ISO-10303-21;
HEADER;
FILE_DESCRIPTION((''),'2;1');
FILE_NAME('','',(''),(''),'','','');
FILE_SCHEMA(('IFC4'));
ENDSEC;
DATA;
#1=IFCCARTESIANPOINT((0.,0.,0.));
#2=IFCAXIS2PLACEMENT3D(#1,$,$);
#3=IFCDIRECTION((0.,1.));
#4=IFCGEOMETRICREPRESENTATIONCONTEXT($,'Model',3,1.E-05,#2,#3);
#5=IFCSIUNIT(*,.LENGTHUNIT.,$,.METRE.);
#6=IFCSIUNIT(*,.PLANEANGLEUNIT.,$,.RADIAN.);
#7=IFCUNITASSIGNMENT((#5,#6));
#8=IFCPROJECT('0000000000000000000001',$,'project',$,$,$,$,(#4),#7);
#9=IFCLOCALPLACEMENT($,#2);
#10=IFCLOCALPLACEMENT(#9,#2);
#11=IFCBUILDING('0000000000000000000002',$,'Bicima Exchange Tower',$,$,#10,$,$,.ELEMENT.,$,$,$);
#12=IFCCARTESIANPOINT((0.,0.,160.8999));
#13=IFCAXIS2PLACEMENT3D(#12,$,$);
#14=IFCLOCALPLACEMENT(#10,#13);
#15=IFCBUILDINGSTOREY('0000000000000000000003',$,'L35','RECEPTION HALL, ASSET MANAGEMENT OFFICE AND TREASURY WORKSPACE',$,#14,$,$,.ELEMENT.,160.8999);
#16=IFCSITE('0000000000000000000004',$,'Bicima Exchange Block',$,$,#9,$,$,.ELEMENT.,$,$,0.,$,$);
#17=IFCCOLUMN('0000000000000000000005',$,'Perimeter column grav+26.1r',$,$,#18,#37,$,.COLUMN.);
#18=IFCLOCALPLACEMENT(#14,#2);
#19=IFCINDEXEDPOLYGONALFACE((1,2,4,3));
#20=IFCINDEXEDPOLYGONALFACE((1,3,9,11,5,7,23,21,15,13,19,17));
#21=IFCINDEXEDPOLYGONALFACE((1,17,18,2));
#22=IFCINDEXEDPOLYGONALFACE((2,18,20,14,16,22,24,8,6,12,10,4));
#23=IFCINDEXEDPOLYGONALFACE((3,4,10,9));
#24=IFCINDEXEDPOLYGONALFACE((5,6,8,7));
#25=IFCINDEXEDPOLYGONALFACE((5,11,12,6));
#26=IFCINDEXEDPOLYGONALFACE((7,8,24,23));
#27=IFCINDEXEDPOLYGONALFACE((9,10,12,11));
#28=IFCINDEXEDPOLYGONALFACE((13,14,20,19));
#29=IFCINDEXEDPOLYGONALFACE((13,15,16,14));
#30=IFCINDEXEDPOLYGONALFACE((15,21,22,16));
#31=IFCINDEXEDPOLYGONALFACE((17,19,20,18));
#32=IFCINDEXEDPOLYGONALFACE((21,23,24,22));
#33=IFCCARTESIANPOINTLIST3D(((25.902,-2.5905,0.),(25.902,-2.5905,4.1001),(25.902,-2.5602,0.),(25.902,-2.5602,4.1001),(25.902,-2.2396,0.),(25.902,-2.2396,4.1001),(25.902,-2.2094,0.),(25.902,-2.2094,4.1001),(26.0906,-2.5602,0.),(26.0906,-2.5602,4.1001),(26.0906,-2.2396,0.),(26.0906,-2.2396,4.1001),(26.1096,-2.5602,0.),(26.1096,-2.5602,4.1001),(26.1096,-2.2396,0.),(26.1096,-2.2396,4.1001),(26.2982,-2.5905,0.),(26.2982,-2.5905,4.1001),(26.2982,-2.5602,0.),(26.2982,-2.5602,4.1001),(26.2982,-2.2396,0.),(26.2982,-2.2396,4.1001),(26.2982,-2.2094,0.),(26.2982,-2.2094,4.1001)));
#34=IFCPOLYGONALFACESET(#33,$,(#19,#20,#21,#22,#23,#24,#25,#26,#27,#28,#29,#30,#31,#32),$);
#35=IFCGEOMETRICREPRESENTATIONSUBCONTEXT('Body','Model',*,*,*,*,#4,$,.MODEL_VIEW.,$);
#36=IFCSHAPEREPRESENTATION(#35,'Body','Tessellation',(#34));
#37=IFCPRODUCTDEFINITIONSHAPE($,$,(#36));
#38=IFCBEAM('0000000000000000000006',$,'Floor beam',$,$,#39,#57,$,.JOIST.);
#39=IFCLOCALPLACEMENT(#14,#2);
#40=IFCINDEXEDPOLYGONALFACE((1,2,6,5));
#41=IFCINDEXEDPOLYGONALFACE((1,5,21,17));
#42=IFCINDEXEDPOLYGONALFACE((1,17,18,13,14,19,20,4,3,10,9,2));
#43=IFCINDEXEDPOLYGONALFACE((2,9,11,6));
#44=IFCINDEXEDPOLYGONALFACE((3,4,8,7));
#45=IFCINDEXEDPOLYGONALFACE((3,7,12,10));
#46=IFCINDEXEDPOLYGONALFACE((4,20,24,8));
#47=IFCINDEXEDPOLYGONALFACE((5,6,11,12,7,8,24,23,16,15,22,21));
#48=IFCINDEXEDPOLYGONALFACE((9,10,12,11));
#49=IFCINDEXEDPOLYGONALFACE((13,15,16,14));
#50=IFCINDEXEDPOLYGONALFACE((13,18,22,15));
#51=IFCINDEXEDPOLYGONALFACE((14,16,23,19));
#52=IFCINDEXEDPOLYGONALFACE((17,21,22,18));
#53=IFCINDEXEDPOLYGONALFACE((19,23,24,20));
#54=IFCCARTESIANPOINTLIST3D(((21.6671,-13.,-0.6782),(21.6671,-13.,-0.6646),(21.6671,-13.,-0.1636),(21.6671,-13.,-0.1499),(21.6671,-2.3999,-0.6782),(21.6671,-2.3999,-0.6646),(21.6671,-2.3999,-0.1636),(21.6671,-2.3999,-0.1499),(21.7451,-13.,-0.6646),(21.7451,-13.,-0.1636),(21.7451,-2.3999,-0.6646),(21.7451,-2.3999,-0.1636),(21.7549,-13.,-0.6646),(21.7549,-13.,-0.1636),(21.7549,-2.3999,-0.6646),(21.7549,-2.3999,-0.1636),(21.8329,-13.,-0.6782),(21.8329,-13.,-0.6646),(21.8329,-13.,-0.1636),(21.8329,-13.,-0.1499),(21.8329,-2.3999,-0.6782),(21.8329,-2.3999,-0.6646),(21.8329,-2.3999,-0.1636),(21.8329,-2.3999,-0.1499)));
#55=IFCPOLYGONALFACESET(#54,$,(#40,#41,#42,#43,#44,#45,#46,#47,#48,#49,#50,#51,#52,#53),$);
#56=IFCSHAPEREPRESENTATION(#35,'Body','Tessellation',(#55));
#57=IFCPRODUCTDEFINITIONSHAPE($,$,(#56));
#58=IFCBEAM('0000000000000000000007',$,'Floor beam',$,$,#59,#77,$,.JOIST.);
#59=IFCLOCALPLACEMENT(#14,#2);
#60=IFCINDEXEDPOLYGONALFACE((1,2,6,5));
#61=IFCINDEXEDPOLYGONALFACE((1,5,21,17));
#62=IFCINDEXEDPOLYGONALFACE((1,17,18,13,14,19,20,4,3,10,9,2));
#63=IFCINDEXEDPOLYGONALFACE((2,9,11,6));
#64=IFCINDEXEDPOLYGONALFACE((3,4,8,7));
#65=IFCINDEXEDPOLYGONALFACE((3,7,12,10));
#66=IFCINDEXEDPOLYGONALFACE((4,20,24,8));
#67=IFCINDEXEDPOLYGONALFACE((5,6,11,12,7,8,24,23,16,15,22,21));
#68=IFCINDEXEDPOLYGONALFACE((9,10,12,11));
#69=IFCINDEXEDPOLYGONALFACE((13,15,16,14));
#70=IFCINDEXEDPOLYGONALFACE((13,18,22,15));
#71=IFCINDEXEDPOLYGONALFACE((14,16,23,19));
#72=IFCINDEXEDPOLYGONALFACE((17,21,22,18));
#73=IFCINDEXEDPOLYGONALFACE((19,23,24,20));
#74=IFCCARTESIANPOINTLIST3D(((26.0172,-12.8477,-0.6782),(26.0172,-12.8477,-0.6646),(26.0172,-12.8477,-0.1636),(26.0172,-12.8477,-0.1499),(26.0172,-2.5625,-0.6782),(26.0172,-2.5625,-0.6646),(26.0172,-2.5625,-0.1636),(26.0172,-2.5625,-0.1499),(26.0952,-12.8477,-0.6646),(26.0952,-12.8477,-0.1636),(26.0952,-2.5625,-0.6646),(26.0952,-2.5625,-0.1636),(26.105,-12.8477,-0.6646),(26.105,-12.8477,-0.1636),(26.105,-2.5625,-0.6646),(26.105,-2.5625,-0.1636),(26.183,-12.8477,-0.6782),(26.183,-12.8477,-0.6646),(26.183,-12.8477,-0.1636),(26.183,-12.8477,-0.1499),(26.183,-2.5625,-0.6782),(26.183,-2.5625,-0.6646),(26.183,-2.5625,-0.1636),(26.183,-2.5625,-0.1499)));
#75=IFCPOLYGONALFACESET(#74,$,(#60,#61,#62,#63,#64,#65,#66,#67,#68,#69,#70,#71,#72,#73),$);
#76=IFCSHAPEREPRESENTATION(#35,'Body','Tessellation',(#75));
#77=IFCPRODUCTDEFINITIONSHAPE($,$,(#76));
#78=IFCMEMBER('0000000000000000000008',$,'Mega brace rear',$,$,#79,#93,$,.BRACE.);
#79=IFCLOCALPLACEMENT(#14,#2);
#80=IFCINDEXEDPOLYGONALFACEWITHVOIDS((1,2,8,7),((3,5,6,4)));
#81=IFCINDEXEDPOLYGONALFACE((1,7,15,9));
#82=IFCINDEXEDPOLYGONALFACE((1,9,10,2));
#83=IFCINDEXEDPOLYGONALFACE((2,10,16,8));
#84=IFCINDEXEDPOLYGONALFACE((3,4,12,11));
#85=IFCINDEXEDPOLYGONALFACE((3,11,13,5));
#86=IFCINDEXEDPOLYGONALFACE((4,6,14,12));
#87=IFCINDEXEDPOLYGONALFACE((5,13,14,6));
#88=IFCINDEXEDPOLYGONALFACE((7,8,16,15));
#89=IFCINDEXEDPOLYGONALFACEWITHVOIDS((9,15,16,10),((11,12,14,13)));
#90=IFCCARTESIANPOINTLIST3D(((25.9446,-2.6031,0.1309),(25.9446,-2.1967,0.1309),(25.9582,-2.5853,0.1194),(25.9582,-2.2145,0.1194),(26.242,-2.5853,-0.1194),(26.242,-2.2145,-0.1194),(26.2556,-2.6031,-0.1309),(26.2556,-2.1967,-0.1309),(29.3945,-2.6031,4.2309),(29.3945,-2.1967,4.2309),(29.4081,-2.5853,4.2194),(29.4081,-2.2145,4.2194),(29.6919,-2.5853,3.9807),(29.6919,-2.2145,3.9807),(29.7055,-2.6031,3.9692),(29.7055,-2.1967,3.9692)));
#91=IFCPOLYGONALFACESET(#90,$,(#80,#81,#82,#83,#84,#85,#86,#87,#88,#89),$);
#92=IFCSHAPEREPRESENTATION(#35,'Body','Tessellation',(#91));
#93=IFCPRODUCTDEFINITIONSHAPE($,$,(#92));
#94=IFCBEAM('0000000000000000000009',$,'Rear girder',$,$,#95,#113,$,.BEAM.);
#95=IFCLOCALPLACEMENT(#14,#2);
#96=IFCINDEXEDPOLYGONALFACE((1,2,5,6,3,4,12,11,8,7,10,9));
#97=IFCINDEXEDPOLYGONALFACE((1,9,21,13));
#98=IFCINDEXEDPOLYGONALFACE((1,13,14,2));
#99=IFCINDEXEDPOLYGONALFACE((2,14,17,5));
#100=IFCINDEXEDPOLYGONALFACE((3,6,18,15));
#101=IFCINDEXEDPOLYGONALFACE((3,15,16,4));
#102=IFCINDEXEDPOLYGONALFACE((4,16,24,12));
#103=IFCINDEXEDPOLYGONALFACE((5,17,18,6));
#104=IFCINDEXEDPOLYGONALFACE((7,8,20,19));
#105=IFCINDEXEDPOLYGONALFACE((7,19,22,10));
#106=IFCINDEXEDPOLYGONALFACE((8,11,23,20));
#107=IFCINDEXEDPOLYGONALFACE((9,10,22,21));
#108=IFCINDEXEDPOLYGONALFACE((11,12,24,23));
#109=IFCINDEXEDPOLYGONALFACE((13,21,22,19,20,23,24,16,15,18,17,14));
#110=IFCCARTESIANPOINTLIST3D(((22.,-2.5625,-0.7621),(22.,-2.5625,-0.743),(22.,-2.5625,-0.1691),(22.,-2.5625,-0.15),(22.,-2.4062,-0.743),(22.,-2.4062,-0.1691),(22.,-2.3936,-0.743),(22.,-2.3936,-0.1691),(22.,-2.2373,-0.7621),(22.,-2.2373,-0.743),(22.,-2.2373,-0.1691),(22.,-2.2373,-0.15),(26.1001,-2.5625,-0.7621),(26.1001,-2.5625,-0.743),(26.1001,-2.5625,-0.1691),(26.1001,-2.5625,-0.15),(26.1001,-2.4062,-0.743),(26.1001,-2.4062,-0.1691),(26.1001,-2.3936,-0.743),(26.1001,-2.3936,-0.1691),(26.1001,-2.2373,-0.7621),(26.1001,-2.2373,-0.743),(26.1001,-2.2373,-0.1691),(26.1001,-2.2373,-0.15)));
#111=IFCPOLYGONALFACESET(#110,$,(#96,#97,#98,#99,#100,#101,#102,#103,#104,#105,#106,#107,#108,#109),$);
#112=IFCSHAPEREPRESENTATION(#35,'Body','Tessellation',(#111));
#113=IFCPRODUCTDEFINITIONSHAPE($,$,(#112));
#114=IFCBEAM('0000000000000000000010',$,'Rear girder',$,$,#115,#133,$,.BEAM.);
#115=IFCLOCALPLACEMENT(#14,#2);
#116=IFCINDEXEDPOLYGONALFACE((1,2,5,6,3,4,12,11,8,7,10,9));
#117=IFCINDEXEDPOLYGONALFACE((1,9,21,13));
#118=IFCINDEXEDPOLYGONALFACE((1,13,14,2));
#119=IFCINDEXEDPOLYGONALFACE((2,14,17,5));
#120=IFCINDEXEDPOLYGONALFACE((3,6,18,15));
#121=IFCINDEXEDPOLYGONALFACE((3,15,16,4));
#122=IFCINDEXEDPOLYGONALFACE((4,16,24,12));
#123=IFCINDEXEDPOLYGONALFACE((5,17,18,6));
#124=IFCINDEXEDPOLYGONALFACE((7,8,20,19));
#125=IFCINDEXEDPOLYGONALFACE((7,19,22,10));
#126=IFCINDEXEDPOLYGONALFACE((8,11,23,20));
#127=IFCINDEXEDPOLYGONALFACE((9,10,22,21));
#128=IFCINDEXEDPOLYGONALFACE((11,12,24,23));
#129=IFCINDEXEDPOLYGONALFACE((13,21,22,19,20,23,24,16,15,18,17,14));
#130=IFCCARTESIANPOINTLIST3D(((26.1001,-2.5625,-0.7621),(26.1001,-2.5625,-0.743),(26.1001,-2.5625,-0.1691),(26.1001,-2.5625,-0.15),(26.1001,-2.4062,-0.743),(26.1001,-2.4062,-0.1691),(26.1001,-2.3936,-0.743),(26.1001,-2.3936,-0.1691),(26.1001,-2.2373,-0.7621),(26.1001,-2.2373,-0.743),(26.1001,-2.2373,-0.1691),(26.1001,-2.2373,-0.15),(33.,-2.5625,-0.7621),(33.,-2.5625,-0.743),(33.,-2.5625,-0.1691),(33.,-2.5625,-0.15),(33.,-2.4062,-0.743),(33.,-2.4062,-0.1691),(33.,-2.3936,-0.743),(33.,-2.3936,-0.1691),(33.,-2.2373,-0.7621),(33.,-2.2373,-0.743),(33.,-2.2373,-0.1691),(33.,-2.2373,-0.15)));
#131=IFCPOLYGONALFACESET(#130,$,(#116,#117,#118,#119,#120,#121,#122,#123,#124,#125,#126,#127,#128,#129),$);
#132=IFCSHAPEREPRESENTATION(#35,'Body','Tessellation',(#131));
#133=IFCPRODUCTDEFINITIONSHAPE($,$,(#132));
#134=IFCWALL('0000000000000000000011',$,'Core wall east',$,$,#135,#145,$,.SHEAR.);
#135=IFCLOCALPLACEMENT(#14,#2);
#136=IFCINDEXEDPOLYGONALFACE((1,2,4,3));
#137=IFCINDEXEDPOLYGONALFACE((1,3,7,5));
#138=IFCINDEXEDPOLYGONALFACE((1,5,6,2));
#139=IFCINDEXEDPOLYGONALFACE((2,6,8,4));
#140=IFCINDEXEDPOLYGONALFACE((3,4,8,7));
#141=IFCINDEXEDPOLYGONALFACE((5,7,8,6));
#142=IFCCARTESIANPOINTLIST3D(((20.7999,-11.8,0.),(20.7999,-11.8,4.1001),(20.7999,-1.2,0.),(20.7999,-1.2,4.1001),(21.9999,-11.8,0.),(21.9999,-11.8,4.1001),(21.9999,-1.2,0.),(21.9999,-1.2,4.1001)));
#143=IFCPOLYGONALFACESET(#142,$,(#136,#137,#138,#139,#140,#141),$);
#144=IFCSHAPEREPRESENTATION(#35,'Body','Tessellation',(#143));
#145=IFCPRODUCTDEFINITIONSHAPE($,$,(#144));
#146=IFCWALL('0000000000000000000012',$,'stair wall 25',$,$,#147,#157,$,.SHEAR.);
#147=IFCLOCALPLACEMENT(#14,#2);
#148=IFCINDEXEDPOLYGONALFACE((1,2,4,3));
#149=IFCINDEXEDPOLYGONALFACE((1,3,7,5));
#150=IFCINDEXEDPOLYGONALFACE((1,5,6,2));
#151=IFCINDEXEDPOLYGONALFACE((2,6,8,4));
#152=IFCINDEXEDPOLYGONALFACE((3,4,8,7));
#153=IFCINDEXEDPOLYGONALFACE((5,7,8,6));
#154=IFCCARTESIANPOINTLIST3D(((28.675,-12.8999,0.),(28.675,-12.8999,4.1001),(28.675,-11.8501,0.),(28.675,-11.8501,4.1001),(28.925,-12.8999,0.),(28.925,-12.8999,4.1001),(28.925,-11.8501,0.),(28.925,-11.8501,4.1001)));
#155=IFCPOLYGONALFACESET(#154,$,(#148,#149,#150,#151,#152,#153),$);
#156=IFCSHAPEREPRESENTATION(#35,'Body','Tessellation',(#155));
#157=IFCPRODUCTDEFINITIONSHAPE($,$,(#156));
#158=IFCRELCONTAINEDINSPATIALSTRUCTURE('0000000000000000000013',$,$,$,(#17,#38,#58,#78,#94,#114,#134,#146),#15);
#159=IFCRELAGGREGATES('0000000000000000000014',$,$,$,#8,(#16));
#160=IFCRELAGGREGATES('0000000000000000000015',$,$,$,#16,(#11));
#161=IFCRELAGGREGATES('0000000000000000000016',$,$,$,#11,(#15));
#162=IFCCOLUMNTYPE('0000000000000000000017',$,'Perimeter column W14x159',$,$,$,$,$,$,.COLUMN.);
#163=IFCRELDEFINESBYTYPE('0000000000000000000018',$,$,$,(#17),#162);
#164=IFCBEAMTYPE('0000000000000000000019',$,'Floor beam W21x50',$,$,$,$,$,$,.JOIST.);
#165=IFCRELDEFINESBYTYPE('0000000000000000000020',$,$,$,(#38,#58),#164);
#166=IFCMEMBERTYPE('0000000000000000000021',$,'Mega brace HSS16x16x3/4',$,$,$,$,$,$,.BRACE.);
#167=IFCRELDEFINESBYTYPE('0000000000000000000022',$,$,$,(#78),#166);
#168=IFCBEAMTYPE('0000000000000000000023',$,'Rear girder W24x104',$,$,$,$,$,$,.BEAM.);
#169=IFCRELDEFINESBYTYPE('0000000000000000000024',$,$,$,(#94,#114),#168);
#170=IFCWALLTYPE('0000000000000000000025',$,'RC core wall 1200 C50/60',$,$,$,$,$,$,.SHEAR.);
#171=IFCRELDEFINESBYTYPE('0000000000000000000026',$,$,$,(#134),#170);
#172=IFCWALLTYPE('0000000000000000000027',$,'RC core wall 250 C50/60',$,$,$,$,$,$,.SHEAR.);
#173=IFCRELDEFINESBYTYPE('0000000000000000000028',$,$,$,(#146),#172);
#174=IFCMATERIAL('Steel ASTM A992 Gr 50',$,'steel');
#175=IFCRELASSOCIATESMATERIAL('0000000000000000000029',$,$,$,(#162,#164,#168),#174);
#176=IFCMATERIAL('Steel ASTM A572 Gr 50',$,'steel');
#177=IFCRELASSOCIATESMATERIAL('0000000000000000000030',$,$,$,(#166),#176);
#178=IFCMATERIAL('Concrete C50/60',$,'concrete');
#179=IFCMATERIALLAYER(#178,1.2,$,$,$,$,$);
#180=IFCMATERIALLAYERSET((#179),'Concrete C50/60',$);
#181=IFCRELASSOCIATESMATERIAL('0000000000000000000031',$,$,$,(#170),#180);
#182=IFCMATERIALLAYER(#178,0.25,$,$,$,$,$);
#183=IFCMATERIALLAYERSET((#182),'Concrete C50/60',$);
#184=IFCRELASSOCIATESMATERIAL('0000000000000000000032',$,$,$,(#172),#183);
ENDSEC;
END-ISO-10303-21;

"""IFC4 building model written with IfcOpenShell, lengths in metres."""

from ifc_helpers import new_model, si_unit, direction, frame, frame_2d, origin, origin_2d, place, context, subcontext, project, spatial, rectangle, hollow_rectangle, i_section, extrude, material, layer, layer_set, material_profile, profile_set, type_object, element, save


model = new_model("IFC4")

# Units and contexts
model_context = context("Model", 3, precision=1e-05, world=origin(), true_north=direction((0.0, 1.0)))
body_context = subcontext(model_context, "Body", "Model", "MODEL_VIEW")
ifc_project = project(units=[si_unit("LENGTHUNIT", "METRE"), si_unit("PLANEANGLEUNIT", "RADIAN")], contexts=[model_context])

# Site, building, storey
site_placement = place(None, origin())
site = spatial("IfcSite", under=ifc_project, at=site_placement, Name="Bicima Exchange Block", CompositionType="ELEMENT", RefElevation=0.0)
building_placement = place(site_placement, origin())
building = spatial("IfcBuilding", under=site, at=building_placement, Name="Bicima Exchange Tower", CompositionType="ELEMENT")
storey_placement = place(building_placement, frame((0.0, 0.0, 160.8999)))
storey = spatial("IfcBuildingStorey", under=building, at=storey_placement, Name="L35", Description="RECEPTION HALL, ASSET MANAGEMENT OFFICE AND TREASURY WORKSPACE", CompositionType="ELEMENT", Elevation=160.8999)

# Column
ifc_material_1 = material(Name="Steel ASTM A992 Gr 50", Category="steel")
ifc_material_profile_1 = material_profile(ifc_material_1, i_section(OverallWidth=0.3962, OverallDepth=0.3811, WebThickness=0.019, FlangeThickness=0.0303, at=origin_2d()))
ifc_profile_set_1 = profile_set([ifc_material_profile_1], Name="Steel ASTM A992 Gr 50")
column_type = type_object("IfcColumnType", Name="Perimeter column W14x159", PredefinedType="COLUMN", material=ifc_profile_set_1)
column_placement = place(storey_placement, frame((26.1001, -2.3999, 0.0), z_axis=(0.0, 0.0, 1.0), x_axis=(1.0, 0.0, 0.0)))
element("IfcColumn", 1, at=column_placement, inside=storey, type_object=column_type, Name="Perimeter column grav+26.1r", PredefinedType="COLUMN", context=body_context, shape_type="SweptSolid", body=[
    extrude(i_section(OverallWidth=0.3962, OverallDepth=0.3811, WebThickness=0.019, FlangeThickness=0.0303, at=origin_2d()), origin(), (0.0, 0.0, 1.0), 4.1001),
])

# Beams
ifc_material_profile_2 = material_profile(ifc_material_1, i_section(OverallWidth=0.1658, OverallDepth=0.5283, WebThickness=0.0098, FlangeThickness=0.0137, at=origin_2d()))
ifc_profile_set_2 = profile_set([ifc_material_profile_2], Name="Steel ASTM A992 Gr 50")
beam_type_1 = type_object("IfcBeamType", Name="Floor beam W21x50", PredefinedType="JOIST", material=ifc_profile_set_2)
beam_1_placement = place(storey_placement, frame((21.75, -2.3999, -0.4141), z_axis=(0.0, -1.0, 0.0), x_axis=(1.0, 0.0, 0.0)))
element("IfcBeam", 2, at=beam_1_placement, inside=storey, type_object=beam_type_1, Name="Floor beam", PredefinedType="JOIST", context=body_context, shape_type="SweptSolid", body=[
    extrude(i_section(OverallWidth=0.1658, OverallDepth=0.5283, WebThickness=0.0098, FlangeThickness=0.0137, at=origin_2d()), origin(), (0.0, 0.0, 1.0), 10.6001),
])
beam_2_placement = place(storey_placement, frame((26.1001, -2.5625, -0.4141), z_axis=(0.0, -1.0, 0.0), x_axis=(1.0, 0.0, 0.0)))
element("IfcBeam", 3, at=beam_2_placement, inside=storey, type_object=beam_type_1, Name="Floor beam", PredefinedType="JOIST", context=body_context, shape_type="SweptSolid", body=[
    extrude(i_section(OverallWidth=0.1658, OverallDepth=0.5283, WebThickness=0.0098, FlangeThickness=0.0137, at=origin_2d()), origin(), (0.0, 0.0, 1.0), 10.2852),
])

# Member
ifc_material_2 = material(Name="Steel ASTM A572 Gr 50", Category="steel")
ifc_material_profile_3 = material_profile(ifc_material_2, hollow_rectangle(XDim=0.4065, YDim=0.4065, WallThickness=0.0178, at=origin_2d()))
ifc_profile_set_3 = profile_set([ifc_material_profile_3], Name="Steel ASTM A572 Gr 50")
member_type = type_object("IfcMemberType", Name="Mega brace HSS16x16x3/4", PredefinedType="BRACE", material=ifc_profile_set_3)
member_placement = place(storey_placement, frame((26.1001, -2.3999, 0.0), z_axis=(0.643834, 0.0, 0.765165), x_axis=(0.0, 1.0, 0.0)))
element("IfcMember", 4, at=member_placement, inside=storey, type_object=member_type, Name="Mega brace rear", PredefinedType="BRACE", context=body_context, shape_type="SweptSolid", body=[
    extrude(hollow_rectangle(XDim=0.4065, YDim=0.4065, WallThickness=0.0178, at=origin_2d()), origin(), (0.0, 0.0, 1.0), 5.3584),
])

# Beams
ifc_material_profile_4 = material_profile(ifc_material_1, i_section(OverallWidth=0.3252, OverallDepth=0.6121, WebThickness=0.0127, FlangeThickness=0.019, at=origin_2d()))
ifc_profile_set_4 = profile_set([ifc_material_profile_4], Name="Steel ASTM A992 Gr 50")
beam_type_2 = type_object("IfcBeamType", Name="Rear girder W24x104", PredefinedType="BEAM", material=ifc_profile_set_4)
beam_3_placement = place(storey_placement, frame((22.0, -2.3999, -0.4561), z_axis=(1.0, 0.0, 0.0), x_axis=(0.0, 1.0, 0.0)))
element("IfcBeam", 5, at=beam_3_placement, inside=storey, type_object=beam_type_2, Name="Rear girder", PredefinedType="BEAM", context=body_context, shape_type="SweptSolid", body=[
    extrude(i_section(OverallWidth=0.3252, OverallDepth=0.6121, WebThickness=0.0127, FlangeThickness=0.019, at=origin_2d()), origin(), (0.0, 0.0, 1.0), 4.1001),
])
beam_4_placement = place(storey_placement, frame((26.1001, -2.3999, -0.4561), z_axis=(1.0, 0.0, 0.0), x_axis=(0.0, 1.0, 0.0)))
element("IfcBeam", 6, at=beam_4_placement, inside=storey, type_object=beam_type_2, Name="Rear girder", PredefinedType="BEAM", context=body_context, shape_type="SweptSolid", body=[
    extrude(i_section(OverallWidth=0.3252, OverallDepth=0.6121, WebThickness=0.0127, FlangeThickness=0.019, at=origin_2d()), origin(), (0.0, 0.0, 1.0), 6.8999),
])

# Walls
ifc_material_3 = material(Name="Concrete C50/60", Category="concrete")
ifc_layer_1 = layer(ifc_material_3, 1.2)
ifc_layer_set_1 = layer_set([ifc_layer_1], Name="Concrete C50/60")
wall_type_1 = type_object("IfcWallType", Name="RC core wall 1200 C50/60", PredefinedType="SHEAR", material=ifc_layer_set_1)
wall_1_placement = place(storey_placement, frame((21.3999, -11.8, 0.0), z_axis=(0.0, 0.0, 1.0), x_axis=(0.0, 1.0, 0.0)))
element("IfcWall", 7, at=wall_1_placement, inside=storey, type_object=wall_type_1, Name="Core wall east", PredefinedType="SHEAR", context=body_context, shape_type="SweptSolid", body=[
    extrude(rectangle(XDim=10.6001, YDim=1.2, at=frame_2d((5.3, 0.0))), origin(), (0.0, 0.0, 1.0), 4.1001),
])
ifc_layer_2 = layer(ifc_material_3, 0.25)
ifc_layer_set_2 = layer_set([ifc_layer_2], Name="Concrete C50/60")
wall_type_2 = type_object("IfcWallType", Name="RC core wall 250 C50/60", PredefinedType="SHEAR", material=ifc_layer_set_2)
wall_2_placement = place(storey_placement, frame((28.8, -12.8999, 0.0), z_axis=(0.0, 0.0, 1.0), x_axis=(0.0, 1.0, 0.0)))
element("IfcWall", 8, at=wall_2_placement, inside=storey, type_object=wall_type_2, Name="stair wall 25", PredefinedType="SHEAR", context=body_context, shape_type="SweptSolid", body=[
    extrude(rectangle(XDim=1.0498, YDim=0.25, at=frame_2d((0.5249, 0.0))), origin(), (0.0, 0.0, 1.0), 4.1001),
])

save(model, "model.ifc")
